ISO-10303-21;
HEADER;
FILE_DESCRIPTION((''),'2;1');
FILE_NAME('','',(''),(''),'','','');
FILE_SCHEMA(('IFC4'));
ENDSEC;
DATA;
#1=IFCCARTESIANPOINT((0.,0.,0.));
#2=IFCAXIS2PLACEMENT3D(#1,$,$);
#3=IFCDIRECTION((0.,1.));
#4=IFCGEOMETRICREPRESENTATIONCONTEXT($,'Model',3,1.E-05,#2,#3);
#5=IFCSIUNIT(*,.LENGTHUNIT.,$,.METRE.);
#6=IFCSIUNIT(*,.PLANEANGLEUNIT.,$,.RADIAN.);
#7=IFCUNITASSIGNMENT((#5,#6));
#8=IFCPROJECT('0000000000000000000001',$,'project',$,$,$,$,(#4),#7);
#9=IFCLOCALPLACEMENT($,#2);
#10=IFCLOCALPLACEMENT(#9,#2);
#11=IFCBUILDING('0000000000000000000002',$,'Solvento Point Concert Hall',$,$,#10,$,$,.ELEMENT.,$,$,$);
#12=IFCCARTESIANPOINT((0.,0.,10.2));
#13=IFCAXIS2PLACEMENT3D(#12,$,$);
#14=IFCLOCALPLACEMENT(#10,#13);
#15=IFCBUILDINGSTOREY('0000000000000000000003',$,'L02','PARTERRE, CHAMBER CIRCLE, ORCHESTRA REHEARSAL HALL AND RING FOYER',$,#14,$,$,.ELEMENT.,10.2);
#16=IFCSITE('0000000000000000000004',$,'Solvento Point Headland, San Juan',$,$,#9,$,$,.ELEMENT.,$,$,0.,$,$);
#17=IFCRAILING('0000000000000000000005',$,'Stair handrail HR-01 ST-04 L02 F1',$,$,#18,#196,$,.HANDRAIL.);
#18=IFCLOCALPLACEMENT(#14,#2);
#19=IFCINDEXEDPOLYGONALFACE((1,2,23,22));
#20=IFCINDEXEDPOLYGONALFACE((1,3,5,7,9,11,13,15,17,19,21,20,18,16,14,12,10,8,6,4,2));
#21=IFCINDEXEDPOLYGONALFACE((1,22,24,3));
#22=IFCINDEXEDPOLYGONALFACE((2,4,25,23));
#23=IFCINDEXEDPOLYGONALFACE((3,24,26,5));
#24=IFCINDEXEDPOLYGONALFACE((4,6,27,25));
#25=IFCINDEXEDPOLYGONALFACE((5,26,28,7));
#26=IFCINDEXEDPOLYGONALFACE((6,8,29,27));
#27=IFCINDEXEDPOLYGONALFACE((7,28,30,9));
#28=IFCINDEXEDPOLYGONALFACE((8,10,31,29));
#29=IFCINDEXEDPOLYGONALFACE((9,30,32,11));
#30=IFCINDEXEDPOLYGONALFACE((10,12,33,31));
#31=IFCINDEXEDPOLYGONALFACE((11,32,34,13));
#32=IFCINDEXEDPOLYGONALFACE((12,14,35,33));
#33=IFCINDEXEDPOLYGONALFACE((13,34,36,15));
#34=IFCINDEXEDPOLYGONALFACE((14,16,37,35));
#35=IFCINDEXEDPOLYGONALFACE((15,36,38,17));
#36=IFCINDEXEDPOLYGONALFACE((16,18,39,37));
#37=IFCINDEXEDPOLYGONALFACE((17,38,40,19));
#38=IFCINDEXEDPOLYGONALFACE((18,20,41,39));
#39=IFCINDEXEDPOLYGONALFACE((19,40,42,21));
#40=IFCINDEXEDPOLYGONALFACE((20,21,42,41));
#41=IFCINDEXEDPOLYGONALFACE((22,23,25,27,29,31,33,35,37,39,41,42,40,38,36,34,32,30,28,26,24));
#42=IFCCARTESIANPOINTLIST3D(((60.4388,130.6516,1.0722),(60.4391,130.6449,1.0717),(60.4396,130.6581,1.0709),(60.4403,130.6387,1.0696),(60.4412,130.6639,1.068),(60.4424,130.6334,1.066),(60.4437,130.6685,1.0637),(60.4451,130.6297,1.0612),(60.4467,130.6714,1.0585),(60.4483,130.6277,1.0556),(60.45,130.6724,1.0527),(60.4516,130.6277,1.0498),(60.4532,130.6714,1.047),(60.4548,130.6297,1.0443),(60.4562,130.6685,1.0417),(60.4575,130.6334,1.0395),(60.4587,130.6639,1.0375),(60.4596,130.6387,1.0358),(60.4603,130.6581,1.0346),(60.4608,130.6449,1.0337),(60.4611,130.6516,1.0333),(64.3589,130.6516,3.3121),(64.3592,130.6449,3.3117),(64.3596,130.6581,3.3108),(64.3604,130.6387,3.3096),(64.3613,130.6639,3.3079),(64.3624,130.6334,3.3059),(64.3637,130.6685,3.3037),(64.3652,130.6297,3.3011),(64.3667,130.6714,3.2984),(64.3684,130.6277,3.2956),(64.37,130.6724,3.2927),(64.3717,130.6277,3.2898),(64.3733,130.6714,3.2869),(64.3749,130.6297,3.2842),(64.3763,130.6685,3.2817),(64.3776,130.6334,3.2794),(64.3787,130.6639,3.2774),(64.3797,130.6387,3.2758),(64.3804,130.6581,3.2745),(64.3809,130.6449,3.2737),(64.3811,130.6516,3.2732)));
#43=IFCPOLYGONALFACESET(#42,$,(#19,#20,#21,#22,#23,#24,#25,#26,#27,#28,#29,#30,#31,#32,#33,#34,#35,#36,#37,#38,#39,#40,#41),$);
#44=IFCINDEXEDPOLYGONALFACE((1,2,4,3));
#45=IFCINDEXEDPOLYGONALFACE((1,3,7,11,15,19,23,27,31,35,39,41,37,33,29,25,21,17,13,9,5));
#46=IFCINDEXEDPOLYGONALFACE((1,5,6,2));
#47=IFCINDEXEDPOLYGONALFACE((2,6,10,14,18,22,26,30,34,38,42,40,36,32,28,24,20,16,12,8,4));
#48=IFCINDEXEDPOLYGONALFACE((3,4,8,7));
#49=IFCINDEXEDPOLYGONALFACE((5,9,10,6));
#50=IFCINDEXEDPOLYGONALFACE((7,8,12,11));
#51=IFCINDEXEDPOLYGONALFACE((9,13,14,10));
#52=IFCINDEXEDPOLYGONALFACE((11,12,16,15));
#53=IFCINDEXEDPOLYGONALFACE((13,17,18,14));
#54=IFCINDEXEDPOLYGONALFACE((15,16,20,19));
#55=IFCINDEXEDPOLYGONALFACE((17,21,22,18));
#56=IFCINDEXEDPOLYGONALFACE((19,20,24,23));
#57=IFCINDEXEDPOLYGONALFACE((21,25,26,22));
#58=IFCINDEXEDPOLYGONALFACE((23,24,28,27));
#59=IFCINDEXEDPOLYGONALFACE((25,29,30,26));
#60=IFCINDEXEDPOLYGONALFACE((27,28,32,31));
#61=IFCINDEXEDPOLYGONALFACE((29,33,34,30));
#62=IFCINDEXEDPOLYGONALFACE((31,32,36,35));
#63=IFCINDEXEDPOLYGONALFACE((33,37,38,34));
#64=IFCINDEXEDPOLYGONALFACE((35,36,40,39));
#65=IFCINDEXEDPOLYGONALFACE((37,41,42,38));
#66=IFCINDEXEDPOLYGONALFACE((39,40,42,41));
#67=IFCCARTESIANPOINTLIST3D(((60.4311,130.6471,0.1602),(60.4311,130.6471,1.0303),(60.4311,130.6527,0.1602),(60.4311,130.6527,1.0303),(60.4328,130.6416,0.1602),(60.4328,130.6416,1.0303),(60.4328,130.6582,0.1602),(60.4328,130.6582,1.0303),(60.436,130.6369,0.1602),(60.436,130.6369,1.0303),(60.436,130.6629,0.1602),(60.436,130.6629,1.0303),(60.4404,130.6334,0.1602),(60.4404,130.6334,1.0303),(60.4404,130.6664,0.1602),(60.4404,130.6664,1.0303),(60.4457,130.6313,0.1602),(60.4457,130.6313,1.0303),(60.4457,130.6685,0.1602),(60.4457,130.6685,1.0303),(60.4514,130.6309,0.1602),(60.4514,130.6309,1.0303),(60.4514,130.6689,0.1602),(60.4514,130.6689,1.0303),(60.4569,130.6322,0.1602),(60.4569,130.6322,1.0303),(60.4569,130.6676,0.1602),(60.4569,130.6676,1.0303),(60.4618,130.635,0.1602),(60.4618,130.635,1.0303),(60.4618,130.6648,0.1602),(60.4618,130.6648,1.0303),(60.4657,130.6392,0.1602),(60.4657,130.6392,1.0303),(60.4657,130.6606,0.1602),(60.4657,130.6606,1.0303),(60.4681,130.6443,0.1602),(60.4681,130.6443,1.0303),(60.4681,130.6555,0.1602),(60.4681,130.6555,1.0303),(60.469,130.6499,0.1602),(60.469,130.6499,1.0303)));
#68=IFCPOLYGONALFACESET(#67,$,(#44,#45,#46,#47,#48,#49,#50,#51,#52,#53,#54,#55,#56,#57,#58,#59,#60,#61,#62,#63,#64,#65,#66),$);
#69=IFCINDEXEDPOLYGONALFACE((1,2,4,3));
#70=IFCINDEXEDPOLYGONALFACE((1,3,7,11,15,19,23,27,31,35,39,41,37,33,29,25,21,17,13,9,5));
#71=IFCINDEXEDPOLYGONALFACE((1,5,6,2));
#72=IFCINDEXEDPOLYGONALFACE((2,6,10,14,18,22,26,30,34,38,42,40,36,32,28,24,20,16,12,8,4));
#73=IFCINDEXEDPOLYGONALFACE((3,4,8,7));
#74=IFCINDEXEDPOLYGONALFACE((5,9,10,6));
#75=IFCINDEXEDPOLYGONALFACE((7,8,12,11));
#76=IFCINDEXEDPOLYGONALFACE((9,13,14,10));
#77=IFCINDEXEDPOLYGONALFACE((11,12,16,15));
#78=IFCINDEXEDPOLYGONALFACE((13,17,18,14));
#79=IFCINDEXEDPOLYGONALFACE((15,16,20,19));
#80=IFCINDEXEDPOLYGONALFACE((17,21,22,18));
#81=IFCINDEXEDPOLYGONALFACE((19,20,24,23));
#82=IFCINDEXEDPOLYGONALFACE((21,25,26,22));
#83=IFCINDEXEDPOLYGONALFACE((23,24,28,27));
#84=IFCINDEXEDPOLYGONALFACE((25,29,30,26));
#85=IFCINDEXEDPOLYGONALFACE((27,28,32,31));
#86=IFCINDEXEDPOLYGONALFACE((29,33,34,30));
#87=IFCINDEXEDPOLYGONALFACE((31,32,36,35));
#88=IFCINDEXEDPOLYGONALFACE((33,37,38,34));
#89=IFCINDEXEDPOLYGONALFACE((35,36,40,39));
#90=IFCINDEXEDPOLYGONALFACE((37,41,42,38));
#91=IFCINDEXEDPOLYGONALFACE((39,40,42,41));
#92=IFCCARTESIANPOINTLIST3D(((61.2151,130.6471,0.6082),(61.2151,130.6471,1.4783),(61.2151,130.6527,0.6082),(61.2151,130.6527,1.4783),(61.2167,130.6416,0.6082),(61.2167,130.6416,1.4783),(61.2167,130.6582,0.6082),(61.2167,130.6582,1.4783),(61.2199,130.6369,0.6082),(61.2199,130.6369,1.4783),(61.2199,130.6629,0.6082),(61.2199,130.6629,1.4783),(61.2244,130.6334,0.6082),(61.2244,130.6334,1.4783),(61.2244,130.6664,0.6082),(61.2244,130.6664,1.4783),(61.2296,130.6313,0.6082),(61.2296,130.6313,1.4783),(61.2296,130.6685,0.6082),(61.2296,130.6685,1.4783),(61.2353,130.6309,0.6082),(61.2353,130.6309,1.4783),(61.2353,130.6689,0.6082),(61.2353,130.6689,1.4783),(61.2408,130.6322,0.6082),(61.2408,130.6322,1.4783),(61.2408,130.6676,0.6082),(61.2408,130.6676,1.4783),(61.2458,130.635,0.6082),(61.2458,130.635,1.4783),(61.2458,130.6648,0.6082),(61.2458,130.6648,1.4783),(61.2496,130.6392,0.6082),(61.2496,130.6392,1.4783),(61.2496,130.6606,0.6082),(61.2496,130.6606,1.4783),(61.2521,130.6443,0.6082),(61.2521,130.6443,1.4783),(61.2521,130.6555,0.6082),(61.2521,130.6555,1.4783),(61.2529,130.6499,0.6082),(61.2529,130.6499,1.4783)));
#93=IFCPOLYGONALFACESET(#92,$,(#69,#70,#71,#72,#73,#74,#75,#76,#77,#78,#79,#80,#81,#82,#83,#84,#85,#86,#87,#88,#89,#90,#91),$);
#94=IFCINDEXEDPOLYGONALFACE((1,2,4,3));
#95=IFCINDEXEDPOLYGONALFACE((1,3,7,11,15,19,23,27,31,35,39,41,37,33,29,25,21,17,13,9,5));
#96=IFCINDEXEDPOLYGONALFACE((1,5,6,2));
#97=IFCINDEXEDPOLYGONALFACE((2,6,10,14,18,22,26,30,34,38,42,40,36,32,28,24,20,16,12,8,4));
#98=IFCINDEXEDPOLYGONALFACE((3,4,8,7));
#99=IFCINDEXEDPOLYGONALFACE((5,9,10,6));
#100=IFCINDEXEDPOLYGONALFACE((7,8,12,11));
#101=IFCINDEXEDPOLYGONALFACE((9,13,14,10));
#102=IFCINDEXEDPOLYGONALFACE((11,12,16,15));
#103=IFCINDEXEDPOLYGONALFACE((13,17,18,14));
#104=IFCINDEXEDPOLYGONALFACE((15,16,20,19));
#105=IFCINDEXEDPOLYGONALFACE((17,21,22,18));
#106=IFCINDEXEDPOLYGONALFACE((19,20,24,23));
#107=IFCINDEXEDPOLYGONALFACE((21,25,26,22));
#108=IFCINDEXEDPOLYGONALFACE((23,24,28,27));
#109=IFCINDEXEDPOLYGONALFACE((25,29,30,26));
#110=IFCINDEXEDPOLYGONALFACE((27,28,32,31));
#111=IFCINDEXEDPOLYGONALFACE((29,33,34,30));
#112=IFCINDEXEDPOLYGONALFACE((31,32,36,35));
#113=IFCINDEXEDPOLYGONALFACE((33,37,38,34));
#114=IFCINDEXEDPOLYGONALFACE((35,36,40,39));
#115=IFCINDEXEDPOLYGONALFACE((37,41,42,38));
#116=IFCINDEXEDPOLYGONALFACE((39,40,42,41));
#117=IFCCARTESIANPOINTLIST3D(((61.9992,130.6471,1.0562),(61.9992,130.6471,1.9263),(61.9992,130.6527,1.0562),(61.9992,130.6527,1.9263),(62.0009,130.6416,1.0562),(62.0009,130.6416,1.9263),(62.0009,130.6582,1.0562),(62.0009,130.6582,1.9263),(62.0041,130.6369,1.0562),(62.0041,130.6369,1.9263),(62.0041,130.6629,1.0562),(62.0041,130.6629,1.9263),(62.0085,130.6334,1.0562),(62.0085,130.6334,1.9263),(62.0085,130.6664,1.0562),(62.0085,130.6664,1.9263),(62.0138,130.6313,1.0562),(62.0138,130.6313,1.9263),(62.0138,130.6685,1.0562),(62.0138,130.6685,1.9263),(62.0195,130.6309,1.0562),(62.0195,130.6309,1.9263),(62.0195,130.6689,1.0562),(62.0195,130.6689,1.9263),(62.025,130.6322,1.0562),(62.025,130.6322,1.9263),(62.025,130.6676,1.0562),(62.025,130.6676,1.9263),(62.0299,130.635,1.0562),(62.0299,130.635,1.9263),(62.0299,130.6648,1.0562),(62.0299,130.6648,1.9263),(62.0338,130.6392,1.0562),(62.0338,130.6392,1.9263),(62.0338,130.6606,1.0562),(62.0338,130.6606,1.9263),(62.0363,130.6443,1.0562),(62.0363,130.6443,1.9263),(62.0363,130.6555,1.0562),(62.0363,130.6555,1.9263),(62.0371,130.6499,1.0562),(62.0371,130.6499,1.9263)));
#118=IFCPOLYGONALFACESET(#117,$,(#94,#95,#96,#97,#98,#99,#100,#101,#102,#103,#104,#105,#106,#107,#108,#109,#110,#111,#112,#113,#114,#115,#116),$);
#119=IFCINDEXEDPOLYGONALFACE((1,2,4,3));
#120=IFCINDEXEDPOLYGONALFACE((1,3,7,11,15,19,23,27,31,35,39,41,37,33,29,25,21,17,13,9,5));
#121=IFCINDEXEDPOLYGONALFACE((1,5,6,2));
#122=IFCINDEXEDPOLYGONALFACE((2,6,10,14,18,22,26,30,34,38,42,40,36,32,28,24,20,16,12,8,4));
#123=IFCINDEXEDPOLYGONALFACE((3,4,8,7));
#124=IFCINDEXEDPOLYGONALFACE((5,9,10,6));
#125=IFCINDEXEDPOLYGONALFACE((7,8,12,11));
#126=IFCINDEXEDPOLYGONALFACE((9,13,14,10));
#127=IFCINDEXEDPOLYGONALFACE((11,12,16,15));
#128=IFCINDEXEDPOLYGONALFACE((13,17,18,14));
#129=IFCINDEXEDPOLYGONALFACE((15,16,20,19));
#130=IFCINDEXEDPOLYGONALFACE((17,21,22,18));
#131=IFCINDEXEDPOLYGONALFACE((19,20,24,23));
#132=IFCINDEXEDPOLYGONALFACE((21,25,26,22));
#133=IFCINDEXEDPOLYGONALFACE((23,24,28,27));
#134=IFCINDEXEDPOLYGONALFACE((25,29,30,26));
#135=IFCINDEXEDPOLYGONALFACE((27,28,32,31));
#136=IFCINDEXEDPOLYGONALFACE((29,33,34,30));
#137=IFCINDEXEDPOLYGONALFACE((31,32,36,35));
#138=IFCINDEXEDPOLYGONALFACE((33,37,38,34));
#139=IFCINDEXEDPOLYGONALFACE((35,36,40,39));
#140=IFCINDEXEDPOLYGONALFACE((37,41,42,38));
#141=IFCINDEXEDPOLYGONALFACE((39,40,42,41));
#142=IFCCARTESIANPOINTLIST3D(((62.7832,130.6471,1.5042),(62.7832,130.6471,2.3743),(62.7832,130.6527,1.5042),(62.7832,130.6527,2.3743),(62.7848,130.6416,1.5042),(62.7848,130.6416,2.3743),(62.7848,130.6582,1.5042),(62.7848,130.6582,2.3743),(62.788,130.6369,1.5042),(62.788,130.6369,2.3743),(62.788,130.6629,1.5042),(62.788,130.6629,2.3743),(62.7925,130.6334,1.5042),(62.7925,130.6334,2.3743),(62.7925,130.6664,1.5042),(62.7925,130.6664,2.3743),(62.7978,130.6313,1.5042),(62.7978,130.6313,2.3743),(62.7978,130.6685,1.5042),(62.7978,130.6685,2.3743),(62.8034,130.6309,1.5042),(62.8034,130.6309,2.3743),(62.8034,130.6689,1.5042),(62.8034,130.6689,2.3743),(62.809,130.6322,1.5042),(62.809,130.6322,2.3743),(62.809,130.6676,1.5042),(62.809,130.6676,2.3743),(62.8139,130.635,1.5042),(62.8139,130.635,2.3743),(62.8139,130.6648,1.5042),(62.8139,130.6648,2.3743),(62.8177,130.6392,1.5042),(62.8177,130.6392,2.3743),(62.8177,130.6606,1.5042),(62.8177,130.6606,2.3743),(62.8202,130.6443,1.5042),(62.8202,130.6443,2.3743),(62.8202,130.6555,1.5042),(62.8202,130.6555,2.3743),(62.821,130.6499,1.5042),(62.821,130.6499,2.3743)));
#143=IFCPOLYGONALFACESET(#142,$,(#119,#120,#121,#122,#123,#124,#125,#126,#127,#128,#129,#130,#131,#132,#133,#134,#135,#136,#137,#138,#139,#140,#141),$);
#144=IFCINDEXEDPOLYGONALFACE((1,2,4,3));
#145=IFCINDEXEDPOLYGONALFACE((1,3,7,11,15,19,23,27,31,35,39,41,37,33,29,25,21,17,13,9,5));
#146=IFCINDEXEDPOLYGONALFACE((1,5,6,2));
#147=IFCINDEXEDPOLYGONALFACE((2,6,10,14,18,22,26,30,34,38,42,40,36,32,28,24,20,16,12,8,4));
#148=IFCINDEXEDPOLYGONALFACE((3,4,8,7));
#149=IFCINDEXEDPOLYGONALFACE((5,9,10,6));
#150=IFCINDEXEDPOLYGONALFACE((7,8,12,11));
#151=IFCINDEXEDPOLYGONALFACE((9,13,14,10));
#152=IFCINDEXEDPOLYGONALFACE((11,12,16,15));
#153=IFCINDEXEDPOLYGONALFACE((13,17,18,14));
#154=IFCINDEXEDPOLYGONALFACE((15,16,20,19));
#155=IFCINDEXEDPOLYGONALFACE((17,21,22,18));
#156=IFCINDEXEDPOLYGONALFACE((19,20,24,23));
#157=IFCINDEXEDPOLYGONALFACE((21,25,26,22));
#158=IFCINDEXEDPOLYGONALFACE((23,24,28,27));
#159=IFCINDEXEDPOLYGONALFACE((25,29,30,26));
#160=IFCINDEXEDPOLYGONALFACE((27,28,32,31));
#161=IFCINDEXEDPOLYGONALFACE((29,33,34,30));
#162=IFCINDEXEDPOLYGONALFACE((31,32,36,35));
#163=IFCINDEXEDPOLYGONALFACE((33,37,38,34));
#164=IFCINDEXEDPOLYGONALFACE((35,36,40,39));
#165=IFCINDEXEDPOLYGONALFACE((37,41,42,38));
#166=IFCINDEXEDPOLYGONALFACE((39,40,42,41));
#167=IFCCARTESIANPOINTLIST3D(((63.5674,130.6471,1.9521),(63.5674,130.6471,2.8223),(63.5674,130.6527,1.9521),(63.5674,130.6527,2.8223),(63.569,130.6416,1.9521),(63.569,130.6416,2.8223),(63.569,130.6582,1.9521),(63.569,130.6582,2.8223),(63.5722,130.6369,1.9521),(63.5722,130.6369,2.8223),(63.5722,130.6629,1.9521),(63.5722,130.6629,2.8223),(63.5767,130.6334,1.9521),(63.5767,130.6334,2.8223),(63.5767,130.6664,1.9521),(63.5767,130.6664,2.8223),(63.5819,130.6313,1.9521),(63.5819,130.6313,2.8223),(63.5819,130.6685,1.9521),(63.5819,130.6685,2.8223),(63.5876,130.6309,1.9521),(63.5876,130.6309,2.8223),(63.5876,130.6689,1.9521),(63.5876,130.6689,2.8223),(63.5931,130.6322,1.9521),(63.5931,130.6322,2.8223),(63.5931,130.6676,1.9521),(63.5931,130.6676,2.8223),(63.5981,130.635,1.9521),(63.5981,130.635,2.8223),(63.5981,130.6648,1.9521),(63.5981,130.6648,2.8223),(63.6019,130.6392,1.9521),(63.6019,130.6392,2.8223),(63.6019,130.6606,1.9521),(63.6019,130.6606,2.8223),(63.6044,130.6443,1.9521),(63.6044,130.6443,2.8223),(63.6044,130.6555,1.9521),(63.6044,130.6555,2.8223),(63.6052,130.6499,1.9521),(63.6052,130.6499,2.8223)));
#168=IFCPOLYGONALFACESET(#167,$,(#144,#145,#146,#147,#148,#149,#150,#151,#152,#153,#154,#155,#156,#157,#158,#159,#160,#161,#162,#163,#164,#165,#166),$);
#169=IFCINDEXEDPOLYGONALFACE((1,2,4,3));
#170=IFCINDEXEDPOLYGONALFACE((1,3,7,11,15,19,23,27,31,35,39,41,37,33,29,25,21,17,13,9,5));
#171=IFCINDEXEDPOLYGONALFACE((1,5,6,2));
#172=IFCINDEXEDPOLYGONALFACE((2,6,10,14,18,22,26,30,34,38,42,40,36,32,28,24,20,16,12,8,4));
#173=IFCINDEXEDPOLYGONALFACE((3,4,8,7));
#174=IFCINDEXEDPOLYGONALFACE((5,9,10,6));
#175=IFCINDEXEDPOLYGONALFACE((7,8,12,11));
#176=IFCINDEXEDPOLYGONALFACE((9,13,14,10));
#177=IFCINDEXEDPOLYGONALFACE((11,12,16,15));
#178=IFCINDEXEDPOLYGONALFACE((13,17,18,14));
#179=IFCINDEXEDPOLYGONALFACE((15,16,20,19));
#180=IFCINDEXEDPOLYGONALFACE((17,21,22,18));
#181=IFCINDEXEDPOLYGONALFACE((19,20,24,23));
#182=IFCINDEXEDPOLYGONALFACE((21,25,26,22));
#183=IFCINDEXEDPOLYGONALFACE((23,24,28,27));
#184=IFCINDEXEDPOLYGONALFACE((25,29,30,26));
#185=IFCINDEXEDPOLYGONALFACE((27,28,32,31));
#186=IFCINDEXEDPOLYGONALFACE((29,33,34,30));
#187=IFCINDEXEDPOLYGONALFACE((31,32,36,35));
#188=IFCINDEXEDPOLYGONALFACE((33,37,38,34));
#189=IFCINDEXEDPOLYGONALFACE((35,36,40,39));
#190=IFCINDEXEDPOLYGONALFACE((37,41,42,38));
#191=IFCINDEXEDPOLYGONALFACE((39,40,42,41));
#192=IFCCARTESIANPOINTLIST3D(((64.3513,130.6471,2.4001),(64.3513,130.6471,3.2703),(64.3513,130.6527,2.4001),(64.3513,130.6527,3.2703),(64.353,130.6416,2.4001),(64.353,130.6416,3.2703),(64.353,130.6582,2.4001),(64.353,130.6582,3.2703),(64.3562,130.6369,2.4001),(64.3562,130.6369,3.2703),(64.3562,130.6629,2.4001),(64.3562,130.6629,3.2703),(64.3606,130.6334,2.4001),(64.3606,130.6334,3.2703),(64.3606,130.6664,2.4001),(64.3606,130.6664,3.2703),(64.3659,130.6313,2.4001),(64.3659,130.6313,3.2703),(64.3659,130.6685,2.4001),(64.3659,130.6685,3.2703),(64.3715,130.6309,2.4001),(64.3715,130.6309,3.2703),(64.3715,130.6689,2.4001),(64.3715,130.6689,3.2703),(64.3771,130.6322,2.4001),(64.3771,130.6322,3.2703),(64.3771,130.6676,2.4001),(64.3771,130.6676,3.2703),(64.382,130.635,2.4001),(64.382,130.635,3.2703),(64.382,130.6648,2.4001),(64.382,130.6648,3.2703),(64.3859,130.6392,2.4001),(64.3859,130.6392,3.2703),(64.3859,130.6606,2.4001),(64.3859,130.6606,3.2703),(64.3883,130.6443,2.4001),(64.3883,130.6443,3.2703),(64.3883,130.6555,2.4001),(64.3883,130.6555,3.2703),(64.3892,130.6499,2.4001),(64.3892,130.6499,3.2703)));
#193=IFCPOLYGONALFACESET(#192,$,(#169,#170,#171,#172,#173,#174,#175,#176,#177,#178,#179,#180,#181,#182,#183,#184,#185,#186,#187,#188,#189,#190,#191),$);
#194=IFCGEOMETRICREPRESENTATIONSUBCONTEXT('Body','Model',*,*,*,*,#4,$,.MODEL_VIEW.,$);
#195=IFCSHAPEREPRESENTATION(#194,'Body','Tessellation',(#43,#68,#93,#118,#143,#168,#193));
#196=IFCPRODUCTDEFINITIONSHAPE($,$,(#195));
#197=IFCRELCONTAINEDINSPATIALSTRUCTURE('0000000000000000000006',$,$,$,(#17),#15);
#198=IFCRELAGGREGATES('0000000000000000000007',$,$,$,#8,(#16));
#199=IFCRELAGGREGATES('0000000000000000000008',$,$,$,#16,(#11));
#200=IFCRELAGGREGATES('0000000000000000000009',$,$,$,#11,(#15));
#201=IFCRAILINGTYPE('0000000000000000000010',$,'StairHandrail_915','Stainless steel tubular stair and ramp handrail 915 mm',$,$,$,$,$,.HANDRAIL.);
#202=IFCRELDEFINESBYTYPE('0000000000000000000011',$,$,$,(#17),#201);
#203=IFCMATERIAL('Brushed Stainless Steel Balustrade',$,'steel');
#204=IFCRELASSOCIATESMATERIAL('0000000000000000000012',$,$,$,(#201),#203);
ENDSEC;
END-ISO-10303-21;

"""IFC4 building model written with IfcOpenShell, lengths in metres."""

from ifc_helpers import new_model, si_unit, direction, frame, origin, origin_2d, place, context, subcontext, project, spatial, circle, extrude, material, type_object, element, save


model = new_model("IFC4")

# Units and contexts
model_context = context("Model", 3, precision=1e-05, world=origin(), true_north=direction((0.0, 1.0)))
body_context = subcontext(model_context, "Body", "Model", "MODEL_VIEW")
ifc_project = project(units=[si_unit("LENGTHUNIT", "METRE"), si_unit("PLANEANGLEUNIT", "RADIAN")], contexts=[model_context])

# Site, building, storey
site_placement = place(None, origin())
site = spatial("IfcSite", under=ifc_project, at=site_placement, Name="Solvento Point Headland, San Juan", CompositionType="ELEMENT", RefElevation=0.0)
building_placement = place(site_placement, origin())
building = spatial("IfcBuilding", under=site, at=building_placement, Name="Solvento Point Concert Hall", CompositionType="ELEMENT")
storey_placement = place(building_placement, frame((0.0, 0.0, 10.2)))
storey = spatial("IfcBuildingStorey", under=building, at=storey_placement, Name="L02", Description="PARTERRE, CHAMBER CIRCLE, ORCHESTRA REHEARSAL HALL AND RING FOYER", CompositionType="ELEMENT", Elevation=10.2)

# Railing
ifc_material_1 = material(Name="Brushed Stainless Steel Balustrade", Category="steel")
railing_type_1 = type_object("IfcRailingType", Name="StairHandrail_915", Description="Stainless steel tubular stair and ramp handrail 915 mm", PredefinedType="HANDRAIL", material=ifc_material_1)
railing_1_placement = place(storey_placement, frame((60.45, 130.6499, 0.1602)))
element("IfcRailing", 1, at=railing_1_placement, inside=storey, type_object=railing_type_1, Name="Stair handrail HR-01 ST-04 L02 F1", PredefinedType="HANDRAIL", context=body_context, shape_type="SweptSolid", body=[
    extrude(circle(Radius=0.0225, at=origin_2d()), frame((0.0, 0.0, 0.8926), z_axis=(0.868253, 0.0, 0.496121), x_axis=(0.0, 1.0, 0.0)), (0.0, 0.0, 1.0), 4.5149),
    extrude(circle(Radius=0.019, at=origin_2d()), origin(), (0.0, 0.0, 1.0), 0.8701),
    extrude(circle(Radius=0.019, at=origin_2d()), frame((0.7839, 0.0, 0.448)), (0.0, 0.0, 1.0), 0.8701),
    extrude(circle(Radius=0.019, at=origin_2d()), frame((1.5681, 0.0, 0.896)), (0.0, 0.0, 1.0), 0.8701),
    extrude(circle(Radius=0.019, at=origin_2d()), frame((2.3521, 0.0, 1.344)), (0.0, 0.0, 1.0), 0.8701),
    extrude(circle(Radius=0.019, at=origin_2d()), frame((3.1362, 0.0, 1.792)), (0.0, 0.0, 1.0), 0.8701),
    extrude(circle(Radius=0.019, at=origin_2d()), frame((3.9202, 0.0, 2.24)), (0.0, 0.0, 1.0), 0.8701),
])

save(model, "model.ifc")
